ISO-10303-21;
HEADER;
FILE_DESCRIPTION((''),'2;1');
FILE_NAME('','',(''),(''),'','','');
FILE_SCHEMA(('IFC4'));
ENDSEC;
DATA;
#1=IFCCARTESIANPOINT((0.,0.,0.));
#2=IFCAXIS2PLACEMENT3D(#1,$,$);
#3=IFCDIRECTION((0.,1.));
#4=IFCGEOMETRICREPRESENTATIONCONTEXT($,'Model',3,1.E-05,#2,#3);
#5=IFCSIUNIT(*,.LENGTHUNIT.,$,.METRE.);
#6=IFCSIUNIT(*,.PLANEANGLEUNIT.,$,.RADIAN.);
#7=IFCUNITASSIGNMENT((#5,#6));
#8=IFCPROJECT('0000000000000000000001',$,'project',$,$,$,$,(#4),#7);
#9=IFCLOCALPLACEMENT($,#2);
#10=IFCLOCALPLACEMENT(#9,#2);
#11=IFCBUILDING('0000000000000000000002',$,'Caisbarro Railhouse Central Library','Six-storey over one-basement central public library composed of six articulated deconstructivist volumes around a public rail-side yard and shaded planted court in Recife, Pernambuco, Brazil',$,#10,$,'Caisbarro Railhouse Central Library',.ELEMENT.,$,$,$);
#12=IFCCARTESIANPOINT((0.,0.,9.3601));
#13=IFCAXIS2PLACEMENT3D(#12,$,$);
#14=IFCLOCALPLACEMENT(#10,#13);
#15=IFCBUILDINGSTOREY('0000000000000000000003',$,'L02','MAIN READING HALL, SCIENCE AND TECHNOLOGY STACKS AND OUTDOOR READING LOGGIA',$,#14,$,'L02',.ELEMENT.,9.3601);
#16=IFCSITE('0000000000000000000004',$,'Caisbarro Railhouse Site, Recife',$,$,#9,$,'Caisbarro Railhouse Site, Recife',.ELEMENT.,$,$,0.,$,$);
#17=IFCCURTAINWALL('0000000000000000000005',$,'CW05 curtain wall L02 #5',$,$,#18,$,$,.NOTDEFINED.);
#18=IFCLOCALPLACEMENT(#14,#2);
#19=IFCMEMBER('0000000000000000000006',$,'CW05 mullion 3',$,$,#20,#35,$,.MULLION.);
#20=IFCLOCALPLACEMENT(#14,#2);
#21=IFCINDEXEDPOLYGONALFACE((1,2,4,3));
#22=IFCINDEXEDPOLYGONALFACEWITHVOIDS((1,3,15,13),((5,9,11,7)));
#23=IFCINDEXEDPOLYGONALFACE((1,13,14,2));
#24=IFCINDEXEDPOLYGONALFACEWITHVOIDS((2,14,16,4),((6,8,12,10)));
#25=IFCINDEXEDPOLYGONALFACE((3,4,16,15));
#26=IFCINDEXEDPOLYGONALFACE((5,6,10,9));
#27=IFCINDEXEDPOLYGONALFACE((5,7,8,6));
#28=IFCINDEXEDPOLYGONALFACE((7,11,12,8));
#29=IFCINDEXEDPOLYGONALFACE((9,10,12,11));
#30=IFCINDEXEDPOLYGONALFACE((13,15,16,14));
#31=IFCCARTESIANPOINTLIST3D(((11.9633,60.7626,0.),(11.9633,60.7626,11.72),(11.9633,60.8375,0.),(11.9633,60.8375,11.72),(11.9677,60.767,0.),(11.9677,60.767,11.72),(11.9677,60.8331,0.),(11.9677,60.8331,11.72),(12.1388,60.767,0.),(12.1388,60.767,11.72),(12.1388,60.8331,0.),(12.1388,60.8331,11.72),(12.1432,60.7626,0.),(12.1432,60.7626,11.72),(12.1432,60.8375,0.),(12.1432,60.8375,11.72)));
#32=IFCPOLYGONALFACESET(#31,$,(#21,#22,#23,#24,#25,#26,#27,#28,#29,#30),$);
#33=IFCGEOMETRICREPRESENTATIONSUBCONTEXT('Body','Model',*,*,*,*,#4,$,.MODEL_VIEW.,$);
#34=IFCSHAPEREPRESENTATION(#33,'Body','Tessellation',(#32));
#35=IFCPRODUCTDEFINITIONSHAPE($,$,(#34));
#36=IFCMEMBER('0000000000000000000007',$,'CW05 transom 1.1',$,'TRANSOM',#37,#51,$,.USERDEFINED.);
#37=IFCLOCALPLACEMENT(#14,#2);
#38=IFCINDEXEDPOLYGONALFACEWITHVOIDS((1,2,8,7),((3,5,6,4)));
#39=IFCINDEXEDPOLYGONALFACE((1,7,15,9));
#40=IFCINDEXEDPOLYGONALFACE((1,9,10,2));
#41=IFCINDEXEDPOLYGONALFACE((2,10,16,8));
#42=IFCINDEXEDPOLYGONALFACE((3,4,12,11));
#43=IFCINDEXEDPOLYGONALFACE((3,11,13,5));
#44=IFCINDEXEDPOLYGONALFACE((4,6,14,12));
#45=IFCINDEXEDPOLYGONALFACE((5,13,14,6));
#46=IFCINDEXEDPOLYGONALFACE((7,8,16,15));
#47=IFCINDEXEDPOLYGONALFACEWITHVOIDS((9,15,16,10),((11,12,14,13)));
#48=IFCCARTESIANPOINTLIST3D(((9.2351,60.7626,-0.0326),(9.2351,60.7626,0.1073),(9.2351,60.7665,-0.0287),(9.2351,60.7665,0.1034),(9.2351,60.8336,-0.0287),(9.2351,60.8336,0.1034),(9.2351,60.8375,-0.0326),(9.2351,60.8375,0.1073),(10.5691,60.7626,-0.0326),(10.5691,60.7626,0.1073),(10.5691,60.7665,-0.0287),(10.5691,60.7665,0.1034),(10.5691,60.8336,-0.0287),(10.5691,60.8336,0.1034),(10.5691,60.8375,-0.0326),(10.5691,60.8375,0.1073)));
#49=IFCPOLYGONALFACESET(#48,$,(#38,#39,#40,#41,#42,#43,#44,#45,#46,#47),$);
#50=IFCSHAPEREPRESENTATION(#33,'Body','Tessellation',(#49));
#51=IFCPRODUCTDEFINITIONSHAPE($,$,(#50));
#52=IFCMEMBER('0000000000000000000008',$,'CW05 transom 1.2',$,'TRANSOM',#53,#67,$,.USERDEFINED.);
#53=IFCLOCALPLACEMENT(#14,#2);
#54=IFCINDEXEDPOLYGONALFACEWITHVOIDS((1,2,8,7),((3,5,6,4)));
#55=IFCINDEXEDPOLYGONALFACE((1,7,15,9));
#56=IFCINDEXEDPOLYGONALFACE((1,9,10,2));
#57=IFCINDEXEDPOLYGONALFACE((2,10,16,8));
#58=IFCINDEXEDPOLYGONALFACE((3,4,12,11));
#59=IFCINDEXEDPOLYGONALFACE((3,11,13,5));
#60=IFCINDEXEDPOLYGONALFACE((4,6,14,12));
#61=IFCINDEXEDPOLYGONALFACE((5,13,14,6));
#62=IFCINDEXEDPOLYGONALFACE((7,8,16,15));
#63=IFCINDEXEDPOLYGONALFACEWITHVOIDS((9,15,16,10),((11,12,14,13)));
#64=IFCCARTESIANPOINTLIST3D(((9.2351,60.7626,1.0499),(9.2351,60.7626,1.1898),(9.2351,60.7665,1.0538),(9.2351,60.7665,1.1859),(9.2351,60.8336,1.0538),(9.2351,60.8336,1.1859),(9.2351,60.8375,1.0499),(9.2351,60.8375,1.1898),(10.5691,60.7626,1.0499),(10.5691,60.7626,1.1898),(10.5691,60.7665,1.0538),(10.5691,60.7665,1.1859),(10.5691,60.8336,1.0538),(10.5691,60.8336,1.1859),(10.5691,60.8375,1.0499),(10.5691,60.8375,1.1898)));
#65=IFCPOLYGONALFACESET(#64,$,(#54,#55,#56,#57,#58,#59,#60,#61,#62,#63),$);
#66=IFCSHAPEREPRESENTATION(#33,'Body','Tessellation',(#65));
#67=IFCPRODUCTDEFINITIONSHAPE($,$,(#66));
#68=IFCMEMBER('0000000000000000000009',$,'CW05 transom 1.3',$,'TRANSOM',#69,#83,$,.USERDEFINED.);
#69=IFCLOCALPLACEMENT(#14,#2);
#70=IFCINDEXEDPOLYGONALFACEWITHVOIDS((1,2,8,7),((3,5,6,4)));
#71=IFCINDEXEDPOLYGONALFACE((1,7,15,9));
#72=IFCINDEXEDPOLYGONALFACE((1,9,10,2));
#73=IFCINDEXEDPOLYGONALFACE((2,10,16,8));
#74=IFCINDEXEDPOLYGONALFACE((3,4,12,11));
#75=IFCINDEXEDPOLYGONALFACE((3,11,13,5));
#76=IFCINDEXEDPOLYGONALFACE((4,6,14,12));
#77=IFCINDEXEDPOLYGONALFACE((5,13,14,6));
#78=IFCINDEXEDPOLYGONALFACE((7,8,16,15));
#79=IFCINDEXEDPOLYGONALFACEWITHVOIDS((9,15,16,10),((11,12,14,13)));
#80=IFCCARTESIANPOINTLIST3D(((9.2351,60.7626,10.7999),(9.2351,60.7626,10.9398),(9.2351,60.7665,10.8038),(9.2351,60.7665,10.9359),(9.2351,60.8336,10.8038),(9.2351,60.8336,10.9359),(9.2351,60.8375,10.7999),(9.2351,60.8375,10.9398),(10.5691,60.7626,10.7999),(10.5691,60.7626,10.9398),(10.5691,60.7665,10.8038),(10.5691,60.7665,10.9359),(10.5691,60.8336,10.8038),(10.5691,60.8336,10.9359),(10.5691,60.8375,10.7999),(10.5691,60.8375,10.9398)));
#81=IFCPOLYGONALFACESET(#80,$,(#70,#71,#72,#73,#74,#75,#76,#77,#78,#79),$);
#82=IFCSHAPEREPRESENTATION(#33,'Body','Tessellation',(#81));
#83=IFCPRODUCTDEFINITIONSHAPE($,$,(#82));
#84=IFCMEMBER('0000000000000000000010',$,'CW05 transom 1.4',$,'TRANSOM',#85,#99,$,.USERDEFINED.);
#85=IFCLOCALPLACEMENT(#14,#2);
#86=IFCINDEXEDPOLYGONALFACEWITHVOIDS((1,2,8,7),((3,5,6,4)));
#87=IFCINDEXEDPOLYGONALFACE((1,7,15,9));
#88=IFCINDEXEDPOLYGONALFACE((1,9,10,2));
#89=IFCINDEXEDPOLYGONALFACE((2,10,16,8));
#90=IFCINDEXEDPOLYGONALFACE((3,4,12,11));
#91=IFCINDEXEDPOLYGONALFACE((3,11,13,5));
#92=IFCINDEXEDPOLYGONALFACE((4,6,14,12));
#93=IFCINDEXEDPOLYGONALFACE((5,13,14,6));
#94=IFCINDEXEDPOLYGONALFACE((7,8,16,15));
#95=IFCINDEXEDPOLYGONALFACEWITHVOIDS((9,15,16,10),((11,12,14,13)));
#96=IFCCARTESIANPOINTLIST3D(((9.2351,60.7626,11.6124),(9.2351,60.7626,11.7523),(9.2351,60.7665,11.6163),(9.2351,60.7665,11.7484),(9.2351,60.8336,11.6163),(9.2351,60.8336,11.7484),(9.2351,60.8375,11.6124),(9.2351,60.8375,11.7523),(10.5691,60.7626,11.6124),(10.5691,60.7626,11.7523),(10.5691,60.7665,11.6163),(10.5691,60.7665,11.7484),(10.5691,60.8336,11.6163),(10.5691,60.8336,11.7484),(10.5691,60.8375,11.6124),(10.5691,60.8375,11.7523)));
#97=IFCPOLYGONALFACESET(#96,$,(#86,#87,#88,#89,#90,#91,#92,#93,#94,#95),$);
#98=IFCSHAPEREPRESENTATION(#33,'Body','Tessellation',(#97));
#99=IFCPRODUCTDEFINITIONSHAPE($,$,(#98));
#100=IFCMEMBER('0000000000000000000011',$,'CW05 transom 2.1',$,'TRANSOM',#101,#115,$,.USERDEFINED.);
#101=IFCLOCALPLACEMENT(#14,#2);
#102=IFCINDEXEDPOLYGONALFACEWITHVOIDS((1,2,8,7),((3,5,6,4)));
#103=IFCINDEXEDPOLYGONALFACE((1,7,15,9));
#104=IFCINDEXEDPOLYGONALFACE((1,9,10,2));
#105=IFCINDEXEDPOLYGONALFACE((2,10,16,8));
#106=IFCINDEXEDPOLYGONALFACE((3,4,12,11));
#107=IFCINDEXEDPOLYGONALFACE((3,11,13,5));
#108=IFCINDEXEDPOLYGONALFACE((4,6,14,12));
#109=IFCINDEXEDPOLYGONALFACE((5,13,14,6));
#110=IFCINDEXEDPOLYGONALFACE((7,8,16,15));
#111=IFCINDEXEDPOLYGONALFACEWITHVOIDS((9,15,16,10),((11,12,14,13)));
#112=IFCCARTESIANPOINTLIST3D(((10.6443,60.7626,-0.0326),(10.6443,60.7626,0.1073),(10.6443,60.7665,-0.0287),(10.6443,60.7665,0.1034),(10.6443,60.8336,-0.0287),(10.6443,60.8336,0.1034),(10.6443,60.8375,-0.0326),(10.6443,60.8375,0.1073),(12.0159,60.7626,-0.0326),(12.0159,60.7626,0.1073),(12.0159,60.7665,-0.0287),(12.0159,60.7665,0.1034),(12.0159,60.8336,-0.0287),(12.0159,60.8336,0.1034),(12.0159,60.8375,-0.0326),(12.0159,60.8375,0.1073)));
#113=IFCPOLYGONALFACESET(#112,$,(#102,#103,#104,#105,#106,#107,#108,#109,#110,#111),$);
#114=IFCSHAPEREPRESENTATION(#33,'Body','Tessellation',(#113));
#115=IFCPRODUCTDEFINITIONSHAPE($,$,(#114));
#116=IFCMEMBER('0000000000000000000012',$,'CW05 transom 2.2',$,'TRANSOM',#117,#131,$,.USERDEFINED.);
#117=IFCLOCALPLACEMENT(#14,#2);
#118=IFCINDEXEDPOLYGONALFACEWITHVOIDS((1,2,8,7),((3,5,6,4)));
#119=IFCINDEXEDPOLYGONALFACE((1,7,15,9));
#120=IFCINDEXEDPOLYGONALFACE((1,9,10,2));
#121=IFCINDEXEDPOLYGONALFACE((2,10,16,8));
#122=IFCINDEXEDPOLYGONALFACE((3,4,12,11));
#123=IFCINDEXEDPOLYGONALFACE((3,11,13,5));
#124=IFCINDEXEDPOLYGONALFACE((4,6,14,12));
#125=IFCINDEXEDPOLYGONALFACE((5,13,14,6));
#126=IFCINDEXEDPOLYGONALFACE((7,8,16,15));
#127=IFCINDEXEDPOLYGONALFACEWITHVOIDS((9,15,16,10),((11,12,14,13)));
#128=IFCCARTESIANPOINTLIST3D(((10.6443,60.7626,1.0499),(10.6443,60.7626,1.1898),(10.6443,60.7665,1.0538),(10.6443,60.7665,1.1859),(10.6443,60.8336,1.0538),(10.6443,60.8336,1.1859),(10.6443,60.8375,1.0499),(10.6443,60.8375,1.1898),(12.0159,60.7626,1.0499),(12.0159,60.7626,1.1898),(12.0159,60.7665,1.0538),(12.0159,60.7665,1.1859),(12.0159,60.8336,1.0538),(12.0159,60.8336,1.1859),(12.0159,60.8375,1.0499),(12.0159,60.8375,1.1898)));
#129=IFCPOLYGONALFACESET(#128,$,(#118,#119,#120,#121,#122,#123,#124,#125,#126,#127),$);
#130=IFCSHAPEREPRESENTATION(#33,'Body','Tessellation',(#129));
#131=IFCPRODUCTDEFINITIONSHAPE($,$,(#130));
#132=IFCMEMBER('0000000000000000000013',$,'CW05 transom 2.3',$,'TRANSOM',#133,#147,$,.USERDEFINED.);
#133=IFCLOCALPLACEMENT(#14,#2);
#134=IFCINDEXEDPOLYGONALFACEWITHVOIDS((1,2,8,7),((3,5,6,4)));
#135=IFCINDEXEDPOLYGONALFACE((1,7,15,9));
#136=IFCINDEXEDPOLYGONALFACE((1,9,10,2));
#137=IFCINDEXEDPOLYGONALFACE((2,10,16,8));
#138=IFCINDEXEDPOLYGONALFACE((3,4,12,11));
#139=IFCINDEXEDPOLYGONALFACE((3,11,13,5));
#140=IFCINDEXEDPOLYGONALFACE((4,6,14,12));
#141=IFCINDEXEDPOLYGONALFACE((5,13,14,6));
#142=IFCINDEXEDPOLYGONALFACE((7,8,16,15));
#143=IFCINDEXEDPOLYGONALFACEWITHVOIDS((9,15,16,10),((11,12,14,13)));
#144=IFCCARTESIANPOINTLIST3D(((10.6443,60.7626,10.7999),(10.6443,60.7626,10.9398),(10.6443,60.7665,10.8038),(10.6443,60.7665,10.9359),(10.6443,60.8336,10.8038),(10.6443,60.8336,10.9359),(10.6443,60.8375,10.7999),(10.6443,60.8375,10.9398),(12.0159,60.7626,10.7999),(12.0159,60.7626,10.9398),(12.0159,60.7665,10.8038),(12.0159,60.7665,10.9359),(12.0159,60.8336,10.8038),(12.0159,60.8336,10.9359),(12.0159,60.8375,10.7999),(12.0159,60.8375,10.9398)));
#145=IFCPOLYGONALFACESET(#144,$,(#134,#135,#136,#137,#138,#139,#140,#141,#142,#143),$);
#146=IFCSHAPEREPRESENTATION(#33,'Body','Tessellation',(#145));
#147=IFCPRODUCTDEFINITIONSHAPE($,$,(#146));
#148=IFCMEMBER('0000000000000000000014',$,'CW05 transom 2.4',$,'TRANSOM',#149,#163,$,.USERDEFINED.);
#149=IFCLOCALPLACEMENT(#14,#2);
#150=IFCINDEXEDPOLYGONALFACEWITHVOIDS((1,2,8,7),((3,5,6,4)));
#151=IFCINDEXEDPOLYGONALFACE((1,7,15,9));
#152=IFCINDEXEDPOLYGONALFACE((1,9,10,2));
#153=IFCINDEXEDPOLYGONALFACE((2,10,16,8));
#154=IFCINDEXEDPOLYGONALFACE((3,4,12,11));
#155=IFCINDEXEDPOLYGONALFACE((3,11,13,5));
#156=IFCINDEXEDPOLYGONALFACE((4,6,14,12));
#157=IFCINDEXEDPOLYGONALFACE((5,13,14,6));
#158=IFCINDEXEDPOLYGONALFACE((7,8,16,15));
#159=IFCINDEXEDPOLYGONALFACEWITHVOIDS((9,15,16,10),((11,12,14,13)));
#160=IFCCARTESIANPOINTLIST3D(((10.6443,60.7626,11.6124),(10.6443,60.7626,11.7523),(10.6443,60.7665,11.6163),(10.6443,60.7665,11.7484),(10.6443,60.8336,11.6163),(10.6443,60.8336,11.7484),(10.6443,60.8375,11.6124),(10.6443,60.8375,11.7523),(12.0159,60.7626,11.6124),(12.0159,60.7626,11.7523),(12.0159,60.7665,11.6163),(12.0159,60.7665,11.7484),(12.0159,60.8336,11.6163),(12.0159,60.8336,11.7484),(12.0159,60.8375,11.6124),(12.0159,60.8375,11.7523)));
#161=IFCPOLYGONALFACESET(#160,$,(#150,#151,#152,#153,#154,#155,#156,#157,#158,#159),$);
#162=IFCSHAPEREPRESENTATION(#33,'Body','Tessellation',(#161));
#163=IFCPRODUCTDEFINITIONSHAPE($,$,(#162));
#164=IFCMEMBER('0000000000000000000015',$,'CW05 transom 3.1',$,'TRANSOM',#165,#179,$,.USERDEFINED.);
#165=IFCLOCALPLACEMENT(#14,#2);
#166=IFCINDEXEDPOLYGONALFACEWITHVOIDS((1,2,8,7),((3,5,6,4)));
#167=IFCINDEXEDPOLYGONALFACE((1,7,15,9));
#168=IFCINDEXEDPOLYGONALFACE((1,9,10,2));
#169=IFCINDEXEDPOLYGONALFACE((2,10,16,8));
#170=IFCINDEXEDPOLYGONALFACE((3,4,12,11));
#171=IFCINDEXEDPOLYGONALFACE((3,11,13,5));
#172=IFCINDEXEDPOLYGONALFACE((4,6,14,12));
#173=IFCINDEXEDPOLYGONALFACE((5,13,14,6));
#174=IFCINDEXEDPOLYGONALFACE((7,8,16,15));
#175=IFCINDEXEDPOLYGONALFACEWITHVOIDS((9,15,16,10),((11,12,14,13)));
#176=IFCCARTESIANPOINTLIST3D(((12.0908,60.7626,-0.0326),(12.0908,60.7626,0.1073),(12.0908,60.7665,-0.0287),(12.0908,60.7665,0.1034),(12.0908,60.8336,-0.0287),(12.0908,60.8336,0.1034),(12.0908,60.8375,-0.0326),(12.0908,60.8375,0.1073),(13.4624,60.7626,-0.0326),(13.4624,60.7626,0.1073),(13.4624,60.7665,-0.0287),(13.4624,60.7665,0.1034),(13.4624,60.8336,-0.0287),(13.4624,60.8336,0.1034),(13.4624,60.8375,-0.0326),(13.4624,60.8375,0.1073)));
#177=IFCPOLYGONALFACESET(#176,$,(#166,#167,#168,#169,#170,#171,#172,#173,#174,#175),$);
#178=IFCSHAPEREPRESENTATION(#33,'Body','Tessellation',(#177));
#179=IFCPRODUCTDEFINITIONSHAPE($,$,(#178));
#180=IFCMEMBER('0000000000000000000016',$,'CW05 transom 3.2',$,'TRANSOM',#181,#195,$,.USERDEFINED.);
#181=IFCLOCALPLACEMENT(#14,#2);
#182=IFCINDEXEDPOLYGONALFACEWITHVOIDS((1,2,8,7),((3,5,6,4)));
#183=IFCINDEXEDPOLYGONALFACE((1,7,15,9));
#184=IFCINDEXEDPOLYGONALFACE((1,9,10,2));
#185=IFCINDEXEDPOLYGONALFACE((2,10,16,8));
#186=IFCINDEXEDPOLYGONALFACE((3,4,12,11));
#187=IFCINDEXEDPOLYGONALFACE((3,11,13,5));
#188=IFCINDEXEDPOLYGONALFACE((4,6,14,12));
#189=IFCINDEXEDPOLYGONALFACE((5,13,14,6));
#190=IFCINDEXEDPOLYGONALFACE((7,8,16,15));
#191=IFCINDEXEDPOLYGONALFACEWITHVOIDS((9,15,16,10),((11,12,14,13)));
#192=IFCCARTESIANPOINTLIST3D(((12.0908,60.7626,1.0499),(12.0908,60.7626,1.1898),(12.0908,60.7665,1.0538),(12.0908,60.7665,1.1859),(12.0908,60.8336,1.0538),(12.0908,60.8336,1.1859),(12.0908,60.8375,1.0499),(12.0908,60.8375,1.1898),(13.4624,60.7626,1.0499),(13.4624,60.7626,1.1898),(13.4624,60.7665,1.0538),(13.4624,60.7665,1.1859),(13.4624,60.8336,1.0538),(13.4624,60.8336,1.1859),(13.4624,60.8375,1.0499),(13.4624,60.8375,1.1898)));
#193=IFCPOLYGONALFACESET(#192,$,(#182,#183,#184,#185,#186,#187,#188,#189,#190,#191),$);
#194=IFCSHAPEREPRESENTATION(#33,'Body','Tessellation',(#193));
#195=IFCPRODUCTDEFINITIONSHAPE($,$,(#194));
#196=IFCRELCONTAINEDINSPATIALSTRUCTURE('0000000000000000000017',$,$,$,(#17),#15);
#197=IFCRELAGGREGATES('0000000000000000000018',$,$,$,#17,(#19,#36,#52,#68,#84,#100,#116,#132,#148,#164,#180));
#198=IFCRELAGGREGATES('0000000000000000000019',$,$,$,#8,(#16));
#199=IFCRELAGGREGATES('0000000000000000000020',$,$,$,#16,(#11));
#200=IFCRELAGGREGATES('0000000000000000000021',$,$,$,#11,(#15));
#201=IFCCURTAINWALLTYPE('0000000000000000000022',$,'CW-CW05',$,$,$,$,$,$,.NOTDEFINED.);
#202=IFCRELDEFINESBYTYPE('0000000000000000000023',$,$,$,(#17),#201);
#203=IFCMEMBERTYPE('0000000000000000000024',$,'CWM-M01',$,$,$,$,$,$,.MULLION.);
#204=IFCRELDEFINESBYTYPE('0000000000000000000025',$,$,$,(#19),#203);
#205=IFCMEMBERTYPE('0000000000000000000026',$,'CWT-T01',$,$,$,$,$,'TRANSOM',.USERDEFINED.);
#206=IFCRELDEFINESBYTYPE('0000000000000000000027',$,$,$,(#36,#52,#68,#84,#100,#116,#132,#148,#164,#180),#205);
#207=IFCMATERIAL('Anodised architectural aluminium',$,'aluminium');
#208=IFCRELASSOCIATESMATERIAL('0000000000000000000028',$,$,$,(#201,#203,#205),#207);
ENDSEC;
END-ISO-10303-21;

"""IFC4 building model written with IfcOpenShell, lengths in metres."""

from ifc_helpers import new_model, si_unit, direction, frame, origin, origin_2d, place, context, subcontext, project, spatial, hollow_rectangle, extrude, material, material_profile, profile_set, type_object, element, aggregate, save


model = new_model("IFC4")

# Units and contexts
model_context = context("Model", 3, precision=1e-05, world=origin(), true_north=direction((0.0, 1.0)))
body_context = subcontext(model_context, "Body", "Model", "MODEL_VIEW")
ifc_project = project(units=[si_unit("LENGTHUNIT", "METRE"), si_unit("PLANEANGLEUNIT", "RADIAN")], contexts=[model_context])

# Site, building, storey
site_placement = place(None, origin())
site = spatial("IfcSite", under=ifc_project, at=site_placement, Name="Caisbarro Railhouse Site, Recife", LongName="Caisbarro Railhouse Site, Recife", CompositionType="ELEMENT", RefElevation=0.0)
building_placement = place(site_placement, origin())
building = spatial("IfcBuilding", under=site, at=building_placement, Name="Caisbarro Railhouse Central Library", Description="Six-storey over one-basement central public library composed of six articulated deconstructivist volumes around a public rail-side yard and shaded planted court in Recife, Pernambuco, Brazil", LongName="Caisbarro Railhouse Central Library", CompositionType="ELEMENT")
storey_placement = place(building_placement, frame((0.0, 0.0, 9.3601)))
storey = spatial("IfcBuildingStorey", under=building, at=storey_placement, Name="L02", Description="MAIN READING HALL, SCIENCE AND TECHNOLOGY STACKS AND OUTDOOR READING LOGGIA", LongName="L02", CompositionType="ELEMENT", Elevation=9.3601)

# Shared definitions
ifc_material_1 = material(Name="Anodised architectural aluminium", Category="aluminium")
curtain_wall_type = type_object("IfcCurtainWallType", Name="CW-CW05", PredefinedType="NOTDEFINED", material=ifc_material_1)
ifc_material_profile_1 = material_profile(ifc_material_1, hollow_rectangle(XDim=0.075, YDim=0.1799, WallThickness=0.0044, at=origin_2d()), Name="ALU-MUL-75X180")
ifc_profile_set_1 = profile_set([ifc_material_profile_1], Name="Anodised architectural aluminium")
member_type_1 = type_object("IfcMemberType", Name="CWM-M01", PredefinedType="MULLION", material=ifc_profile_set_1)

# Curtain wall, members
curtain_wall_1_placement = place(storey_placement, origin())
curtain_wall_1 = element("IfcCurtainWall", 1, at=curtain_wall_1_placement, inside=storey, type_object=curtain_wall_type, Name="CW05 curtain wall L02 #5", PredefinedType="NOTDEFINED")
member_1_placement = place(storey_placement, frame((12.0532, 60.8, 0.0), z_axis=(0.0, 0.0, 1.0), x_axis=(0.0, 1.0, 0.0)))
member_1 = element("IfcMember", 2, at=member_1_placement, type_object=member_type_1, Name="CW05 mullion 3", PredefinedType="MULLION", context=body_context, shape_type="SweptSolid", body=[
    extrude(hollow_rectangle(XDim=0.075, YDim=0.1799, WallThickness=0.0044, at=origin_2d()), origin(), (0.0, 0.0, 1.0), 11.72),
])
ifc_material_profile_2 = material_profile(ifc_material_1, hollow_rectangle(XDim=0.075, YDim=0.1399, WallThickness=0.0039, at=origin_2d()), Name="ALU-TRN-75X140")
ifc_profile_set_2 = profile_set([ifc_material_profile_2], Name="Anodised architectural aluminium")
member_type_2 = type_object("IfcMemberType", Name="CWT-T01", ElementType="TRANSOM", PredefinedType="USERDEFINED", material=ifc_profile_set_2)
member_2_placement = place(storey_placement, frame((9.2351, 60.8, 0.0374), z_axis=(1.0, 0.0, 0.0), x_axis=(0.0, 1.0, 0.0)))
member_2 = element("IfcMember", 3, at=member_2_placement, type_object=member_type_2, Name="CW05 transom 1.1", ObjectType="TRANSOM", PredefinedType="USERDEFINED", context=body_context, shape_type="SweptSolid", body=[
    extrude(hollow_rectangle(XDim=0.075, YDim=0.1399, WallThickness=0.0039, at=origin_2d()), origin(), (0.0, 0.0, 1.0), 1.334),
])
member_3_placement = place(storey_placement, frame((9.2351, 60.8, 1.1199), z_axis=(1.0, 0.0, 0.0), x_axis=(0.0, 1.0, 0.0)))
member_3 = element("IfcMember", 4, at=member_3_placement, type_object=member_type_2, Name="CW05 transom 1.2", ObjectType="TRANSOM", PredefinedType="USERDEFINED", context=body_context, shape_type="SweptSolid", body=[
    extrude(hollow_rectangle(XDim=0.075, YDim=0.1399, WallThickness=0.0039, at=origin_2d()), origin(), (0.0, 0.0, 1.0), 1.334),
])
member_4_placement = place(storey_placement, frame((9.2351, 60.8, 10.8699), z_axis=(1.0, 0.0, 0.0), x_axis=(0.0, 1.0, 0.0)))
member_4 = element("IfcMember", 5, at=member_4_placement, type_object=member_type_2, Name="CW05 transom 1.3", ObjectType="TRANSOM", PredefinedType="USERDEFINED", context=body_context, shape_type="SweptSolid", body=[
    extrude(hollow_rectangle(XDim=0.075, YDim=0.1399, WallThickness=0.0039, at=origin_2d()), origin(), (0.0, 0.0, 1.0), 1.334),
])
member_5_placement = place(storey_placement, frame((9.2351, 60.8, 11.6824), z_axis=(1.0, 0.0, 0.0), x_axis=(0.0, 1.0, 0.0)))
member_5 = element("IfcMember", 6, at=member_5_placement, type_object=member_type_2, Name="CW05 transom 1.4", ObjectType="TRANSOM", PredefinedType="USERDEFINED", context=body_context, shape_type="SweptSolid", body=[
    extrude(hollow_rectangle(XDim=0.075, YDim=0.1399, WallThickness=0.0039, at=origin_2d()), origin(), (0.0, 0.0, 1.0), 1.334),
])
member_6_placement = place(storey_placement, frame((10.6443, 60.8, 0.0374), z_axis=(1.0, 0.0, 0.0), x_axis=(0.0, 1.0, 0.0)))
member_6 = element("IfcMember", 7, at=member_6_placement, type_object=member_type_2, Name="CW05 transom 2.1", ObjectType="TRANSOM", PredefinedType="USERDEFINED", context=body_context, shape_type="SweptSolid", body=[
    extrude(hollow_rectangle(XDim=0.075, YDim=0.1399, WallThickness=0.0039, at=origin_2d()), origin(), (0.0, 0.0, 1.0), 1.3716),
])
member_7_placement = place(storey_placement, frame((10.6443, 60.8, 1.1199), z_axis=(1.0, 0.0, 0.0), x_axis=(0.0, 1.0, 0.0)))
member_7 = element("IfcMember", 8, at=member_7_placement, type_object=member_type_2, Name="CW05 transom 2.2", ObjectType="TRANSOM", PredefinedType="USERDEFINED", context=body_context, shape_type="SweptSolid", body=[
    extrude(hollow_rectangle(XDim=0.075, YDim=0.1399, WallThickness=0.0039, at=origin_2d()), origin(), (0.0, 0.0, 1.0), 1.3716),
])
member_8_placement = place(storey_placement, frame((10.6443, 60.8, 10.8699), z_axis=(1.0, 0.0, 0.0), x_axis=(0.0, 1.0, 0.0)))
member_8 = element("IfcMember", 9, at=member_8_placement, type_object=member_type_2, Name="CW05 transom 2.3", ObjectType="TRANSOM", PredefinedType="USERDEFINED", context=body_context, shape_type="SweptSolid", body=[
    extrude(hollow_rectangle(XDim=0.075, YDim=0.1399, WallThickness=0.0039, at=origin_2d()), origin(), (0.0, 0.0, 1.0), 1.3716),
])
member_9_placement = place(storey_placement, frame((10.6443, 60.8, 11.6824), z_axis=(1.0, 0.0, 0.0), x_axis=(0.0, 1.0, 0.0)))
member_9 = element("IfcMember", 10, at=member_9_placement, type_object=member_type_2, Name="CW05 transom 2.4", ObjectType="TRANSOM", PredefinedType="USERDEFINED", context=body_context, shape_type="SweptSolid", body=[
    extrude(hollow_rectangle(XDim=0.075, YDim=0.1399, WallThickness=0.0039, at=origin_2d()), origin(), (0.0, 0.0, 1.0), 1.3716),
])
member_10_placement = place(storey_placement, frame((12.0908, 60.8, 0.0374), z_axis=(1.0, 0.0, 0.0), x_axis=(0.0, 1.0, 0.0)))
member_10 = element("IfcMember", 11, at=member_10_placement, type_object=member_type_2, Name="CW05 transom 3.1", ObjectType="TRANSOM", PredefinedType="USERDEFINED", context=body_context, shape_type="SweptSolid", body=[
    extrude(hollow_rectangle(XDim=0.075, YDim=0.1399, WallThickness=0.0039, at=origin_2d()), origin(), (0.0, 0.0, 1.0), 1.3716),
])
member_11_placement = place(storey_placement, frame((12.0908, 60.8, 1.1199), z_axis=(1.0, 0.0, 0.0), x_axis=(0.0, 1.0, 0.0)))
member_11 = element("IfcMember", 12, at=member_11_placement, type_object=member_type_2, Name="CW05 transom 3.2", ObjectType="TRANSOM", PredefinedType="USERDEFINED", context=body_context, shape_type="SweptSolid", body=[
    extrude(hollow_rectangle(XDim=0.075, YDim=0.1399, WallThickness=0.0039, at=origin_2d()), origin(), (0.0, 0.0, 1.0), 1.3716),
])

aggregate(curtain_wall_1, [member_1, member_2, member_3, member_4, member_5, member_6, member_7, member_8, member_9, member_10, member_11])

save(model, "model.ifc")
